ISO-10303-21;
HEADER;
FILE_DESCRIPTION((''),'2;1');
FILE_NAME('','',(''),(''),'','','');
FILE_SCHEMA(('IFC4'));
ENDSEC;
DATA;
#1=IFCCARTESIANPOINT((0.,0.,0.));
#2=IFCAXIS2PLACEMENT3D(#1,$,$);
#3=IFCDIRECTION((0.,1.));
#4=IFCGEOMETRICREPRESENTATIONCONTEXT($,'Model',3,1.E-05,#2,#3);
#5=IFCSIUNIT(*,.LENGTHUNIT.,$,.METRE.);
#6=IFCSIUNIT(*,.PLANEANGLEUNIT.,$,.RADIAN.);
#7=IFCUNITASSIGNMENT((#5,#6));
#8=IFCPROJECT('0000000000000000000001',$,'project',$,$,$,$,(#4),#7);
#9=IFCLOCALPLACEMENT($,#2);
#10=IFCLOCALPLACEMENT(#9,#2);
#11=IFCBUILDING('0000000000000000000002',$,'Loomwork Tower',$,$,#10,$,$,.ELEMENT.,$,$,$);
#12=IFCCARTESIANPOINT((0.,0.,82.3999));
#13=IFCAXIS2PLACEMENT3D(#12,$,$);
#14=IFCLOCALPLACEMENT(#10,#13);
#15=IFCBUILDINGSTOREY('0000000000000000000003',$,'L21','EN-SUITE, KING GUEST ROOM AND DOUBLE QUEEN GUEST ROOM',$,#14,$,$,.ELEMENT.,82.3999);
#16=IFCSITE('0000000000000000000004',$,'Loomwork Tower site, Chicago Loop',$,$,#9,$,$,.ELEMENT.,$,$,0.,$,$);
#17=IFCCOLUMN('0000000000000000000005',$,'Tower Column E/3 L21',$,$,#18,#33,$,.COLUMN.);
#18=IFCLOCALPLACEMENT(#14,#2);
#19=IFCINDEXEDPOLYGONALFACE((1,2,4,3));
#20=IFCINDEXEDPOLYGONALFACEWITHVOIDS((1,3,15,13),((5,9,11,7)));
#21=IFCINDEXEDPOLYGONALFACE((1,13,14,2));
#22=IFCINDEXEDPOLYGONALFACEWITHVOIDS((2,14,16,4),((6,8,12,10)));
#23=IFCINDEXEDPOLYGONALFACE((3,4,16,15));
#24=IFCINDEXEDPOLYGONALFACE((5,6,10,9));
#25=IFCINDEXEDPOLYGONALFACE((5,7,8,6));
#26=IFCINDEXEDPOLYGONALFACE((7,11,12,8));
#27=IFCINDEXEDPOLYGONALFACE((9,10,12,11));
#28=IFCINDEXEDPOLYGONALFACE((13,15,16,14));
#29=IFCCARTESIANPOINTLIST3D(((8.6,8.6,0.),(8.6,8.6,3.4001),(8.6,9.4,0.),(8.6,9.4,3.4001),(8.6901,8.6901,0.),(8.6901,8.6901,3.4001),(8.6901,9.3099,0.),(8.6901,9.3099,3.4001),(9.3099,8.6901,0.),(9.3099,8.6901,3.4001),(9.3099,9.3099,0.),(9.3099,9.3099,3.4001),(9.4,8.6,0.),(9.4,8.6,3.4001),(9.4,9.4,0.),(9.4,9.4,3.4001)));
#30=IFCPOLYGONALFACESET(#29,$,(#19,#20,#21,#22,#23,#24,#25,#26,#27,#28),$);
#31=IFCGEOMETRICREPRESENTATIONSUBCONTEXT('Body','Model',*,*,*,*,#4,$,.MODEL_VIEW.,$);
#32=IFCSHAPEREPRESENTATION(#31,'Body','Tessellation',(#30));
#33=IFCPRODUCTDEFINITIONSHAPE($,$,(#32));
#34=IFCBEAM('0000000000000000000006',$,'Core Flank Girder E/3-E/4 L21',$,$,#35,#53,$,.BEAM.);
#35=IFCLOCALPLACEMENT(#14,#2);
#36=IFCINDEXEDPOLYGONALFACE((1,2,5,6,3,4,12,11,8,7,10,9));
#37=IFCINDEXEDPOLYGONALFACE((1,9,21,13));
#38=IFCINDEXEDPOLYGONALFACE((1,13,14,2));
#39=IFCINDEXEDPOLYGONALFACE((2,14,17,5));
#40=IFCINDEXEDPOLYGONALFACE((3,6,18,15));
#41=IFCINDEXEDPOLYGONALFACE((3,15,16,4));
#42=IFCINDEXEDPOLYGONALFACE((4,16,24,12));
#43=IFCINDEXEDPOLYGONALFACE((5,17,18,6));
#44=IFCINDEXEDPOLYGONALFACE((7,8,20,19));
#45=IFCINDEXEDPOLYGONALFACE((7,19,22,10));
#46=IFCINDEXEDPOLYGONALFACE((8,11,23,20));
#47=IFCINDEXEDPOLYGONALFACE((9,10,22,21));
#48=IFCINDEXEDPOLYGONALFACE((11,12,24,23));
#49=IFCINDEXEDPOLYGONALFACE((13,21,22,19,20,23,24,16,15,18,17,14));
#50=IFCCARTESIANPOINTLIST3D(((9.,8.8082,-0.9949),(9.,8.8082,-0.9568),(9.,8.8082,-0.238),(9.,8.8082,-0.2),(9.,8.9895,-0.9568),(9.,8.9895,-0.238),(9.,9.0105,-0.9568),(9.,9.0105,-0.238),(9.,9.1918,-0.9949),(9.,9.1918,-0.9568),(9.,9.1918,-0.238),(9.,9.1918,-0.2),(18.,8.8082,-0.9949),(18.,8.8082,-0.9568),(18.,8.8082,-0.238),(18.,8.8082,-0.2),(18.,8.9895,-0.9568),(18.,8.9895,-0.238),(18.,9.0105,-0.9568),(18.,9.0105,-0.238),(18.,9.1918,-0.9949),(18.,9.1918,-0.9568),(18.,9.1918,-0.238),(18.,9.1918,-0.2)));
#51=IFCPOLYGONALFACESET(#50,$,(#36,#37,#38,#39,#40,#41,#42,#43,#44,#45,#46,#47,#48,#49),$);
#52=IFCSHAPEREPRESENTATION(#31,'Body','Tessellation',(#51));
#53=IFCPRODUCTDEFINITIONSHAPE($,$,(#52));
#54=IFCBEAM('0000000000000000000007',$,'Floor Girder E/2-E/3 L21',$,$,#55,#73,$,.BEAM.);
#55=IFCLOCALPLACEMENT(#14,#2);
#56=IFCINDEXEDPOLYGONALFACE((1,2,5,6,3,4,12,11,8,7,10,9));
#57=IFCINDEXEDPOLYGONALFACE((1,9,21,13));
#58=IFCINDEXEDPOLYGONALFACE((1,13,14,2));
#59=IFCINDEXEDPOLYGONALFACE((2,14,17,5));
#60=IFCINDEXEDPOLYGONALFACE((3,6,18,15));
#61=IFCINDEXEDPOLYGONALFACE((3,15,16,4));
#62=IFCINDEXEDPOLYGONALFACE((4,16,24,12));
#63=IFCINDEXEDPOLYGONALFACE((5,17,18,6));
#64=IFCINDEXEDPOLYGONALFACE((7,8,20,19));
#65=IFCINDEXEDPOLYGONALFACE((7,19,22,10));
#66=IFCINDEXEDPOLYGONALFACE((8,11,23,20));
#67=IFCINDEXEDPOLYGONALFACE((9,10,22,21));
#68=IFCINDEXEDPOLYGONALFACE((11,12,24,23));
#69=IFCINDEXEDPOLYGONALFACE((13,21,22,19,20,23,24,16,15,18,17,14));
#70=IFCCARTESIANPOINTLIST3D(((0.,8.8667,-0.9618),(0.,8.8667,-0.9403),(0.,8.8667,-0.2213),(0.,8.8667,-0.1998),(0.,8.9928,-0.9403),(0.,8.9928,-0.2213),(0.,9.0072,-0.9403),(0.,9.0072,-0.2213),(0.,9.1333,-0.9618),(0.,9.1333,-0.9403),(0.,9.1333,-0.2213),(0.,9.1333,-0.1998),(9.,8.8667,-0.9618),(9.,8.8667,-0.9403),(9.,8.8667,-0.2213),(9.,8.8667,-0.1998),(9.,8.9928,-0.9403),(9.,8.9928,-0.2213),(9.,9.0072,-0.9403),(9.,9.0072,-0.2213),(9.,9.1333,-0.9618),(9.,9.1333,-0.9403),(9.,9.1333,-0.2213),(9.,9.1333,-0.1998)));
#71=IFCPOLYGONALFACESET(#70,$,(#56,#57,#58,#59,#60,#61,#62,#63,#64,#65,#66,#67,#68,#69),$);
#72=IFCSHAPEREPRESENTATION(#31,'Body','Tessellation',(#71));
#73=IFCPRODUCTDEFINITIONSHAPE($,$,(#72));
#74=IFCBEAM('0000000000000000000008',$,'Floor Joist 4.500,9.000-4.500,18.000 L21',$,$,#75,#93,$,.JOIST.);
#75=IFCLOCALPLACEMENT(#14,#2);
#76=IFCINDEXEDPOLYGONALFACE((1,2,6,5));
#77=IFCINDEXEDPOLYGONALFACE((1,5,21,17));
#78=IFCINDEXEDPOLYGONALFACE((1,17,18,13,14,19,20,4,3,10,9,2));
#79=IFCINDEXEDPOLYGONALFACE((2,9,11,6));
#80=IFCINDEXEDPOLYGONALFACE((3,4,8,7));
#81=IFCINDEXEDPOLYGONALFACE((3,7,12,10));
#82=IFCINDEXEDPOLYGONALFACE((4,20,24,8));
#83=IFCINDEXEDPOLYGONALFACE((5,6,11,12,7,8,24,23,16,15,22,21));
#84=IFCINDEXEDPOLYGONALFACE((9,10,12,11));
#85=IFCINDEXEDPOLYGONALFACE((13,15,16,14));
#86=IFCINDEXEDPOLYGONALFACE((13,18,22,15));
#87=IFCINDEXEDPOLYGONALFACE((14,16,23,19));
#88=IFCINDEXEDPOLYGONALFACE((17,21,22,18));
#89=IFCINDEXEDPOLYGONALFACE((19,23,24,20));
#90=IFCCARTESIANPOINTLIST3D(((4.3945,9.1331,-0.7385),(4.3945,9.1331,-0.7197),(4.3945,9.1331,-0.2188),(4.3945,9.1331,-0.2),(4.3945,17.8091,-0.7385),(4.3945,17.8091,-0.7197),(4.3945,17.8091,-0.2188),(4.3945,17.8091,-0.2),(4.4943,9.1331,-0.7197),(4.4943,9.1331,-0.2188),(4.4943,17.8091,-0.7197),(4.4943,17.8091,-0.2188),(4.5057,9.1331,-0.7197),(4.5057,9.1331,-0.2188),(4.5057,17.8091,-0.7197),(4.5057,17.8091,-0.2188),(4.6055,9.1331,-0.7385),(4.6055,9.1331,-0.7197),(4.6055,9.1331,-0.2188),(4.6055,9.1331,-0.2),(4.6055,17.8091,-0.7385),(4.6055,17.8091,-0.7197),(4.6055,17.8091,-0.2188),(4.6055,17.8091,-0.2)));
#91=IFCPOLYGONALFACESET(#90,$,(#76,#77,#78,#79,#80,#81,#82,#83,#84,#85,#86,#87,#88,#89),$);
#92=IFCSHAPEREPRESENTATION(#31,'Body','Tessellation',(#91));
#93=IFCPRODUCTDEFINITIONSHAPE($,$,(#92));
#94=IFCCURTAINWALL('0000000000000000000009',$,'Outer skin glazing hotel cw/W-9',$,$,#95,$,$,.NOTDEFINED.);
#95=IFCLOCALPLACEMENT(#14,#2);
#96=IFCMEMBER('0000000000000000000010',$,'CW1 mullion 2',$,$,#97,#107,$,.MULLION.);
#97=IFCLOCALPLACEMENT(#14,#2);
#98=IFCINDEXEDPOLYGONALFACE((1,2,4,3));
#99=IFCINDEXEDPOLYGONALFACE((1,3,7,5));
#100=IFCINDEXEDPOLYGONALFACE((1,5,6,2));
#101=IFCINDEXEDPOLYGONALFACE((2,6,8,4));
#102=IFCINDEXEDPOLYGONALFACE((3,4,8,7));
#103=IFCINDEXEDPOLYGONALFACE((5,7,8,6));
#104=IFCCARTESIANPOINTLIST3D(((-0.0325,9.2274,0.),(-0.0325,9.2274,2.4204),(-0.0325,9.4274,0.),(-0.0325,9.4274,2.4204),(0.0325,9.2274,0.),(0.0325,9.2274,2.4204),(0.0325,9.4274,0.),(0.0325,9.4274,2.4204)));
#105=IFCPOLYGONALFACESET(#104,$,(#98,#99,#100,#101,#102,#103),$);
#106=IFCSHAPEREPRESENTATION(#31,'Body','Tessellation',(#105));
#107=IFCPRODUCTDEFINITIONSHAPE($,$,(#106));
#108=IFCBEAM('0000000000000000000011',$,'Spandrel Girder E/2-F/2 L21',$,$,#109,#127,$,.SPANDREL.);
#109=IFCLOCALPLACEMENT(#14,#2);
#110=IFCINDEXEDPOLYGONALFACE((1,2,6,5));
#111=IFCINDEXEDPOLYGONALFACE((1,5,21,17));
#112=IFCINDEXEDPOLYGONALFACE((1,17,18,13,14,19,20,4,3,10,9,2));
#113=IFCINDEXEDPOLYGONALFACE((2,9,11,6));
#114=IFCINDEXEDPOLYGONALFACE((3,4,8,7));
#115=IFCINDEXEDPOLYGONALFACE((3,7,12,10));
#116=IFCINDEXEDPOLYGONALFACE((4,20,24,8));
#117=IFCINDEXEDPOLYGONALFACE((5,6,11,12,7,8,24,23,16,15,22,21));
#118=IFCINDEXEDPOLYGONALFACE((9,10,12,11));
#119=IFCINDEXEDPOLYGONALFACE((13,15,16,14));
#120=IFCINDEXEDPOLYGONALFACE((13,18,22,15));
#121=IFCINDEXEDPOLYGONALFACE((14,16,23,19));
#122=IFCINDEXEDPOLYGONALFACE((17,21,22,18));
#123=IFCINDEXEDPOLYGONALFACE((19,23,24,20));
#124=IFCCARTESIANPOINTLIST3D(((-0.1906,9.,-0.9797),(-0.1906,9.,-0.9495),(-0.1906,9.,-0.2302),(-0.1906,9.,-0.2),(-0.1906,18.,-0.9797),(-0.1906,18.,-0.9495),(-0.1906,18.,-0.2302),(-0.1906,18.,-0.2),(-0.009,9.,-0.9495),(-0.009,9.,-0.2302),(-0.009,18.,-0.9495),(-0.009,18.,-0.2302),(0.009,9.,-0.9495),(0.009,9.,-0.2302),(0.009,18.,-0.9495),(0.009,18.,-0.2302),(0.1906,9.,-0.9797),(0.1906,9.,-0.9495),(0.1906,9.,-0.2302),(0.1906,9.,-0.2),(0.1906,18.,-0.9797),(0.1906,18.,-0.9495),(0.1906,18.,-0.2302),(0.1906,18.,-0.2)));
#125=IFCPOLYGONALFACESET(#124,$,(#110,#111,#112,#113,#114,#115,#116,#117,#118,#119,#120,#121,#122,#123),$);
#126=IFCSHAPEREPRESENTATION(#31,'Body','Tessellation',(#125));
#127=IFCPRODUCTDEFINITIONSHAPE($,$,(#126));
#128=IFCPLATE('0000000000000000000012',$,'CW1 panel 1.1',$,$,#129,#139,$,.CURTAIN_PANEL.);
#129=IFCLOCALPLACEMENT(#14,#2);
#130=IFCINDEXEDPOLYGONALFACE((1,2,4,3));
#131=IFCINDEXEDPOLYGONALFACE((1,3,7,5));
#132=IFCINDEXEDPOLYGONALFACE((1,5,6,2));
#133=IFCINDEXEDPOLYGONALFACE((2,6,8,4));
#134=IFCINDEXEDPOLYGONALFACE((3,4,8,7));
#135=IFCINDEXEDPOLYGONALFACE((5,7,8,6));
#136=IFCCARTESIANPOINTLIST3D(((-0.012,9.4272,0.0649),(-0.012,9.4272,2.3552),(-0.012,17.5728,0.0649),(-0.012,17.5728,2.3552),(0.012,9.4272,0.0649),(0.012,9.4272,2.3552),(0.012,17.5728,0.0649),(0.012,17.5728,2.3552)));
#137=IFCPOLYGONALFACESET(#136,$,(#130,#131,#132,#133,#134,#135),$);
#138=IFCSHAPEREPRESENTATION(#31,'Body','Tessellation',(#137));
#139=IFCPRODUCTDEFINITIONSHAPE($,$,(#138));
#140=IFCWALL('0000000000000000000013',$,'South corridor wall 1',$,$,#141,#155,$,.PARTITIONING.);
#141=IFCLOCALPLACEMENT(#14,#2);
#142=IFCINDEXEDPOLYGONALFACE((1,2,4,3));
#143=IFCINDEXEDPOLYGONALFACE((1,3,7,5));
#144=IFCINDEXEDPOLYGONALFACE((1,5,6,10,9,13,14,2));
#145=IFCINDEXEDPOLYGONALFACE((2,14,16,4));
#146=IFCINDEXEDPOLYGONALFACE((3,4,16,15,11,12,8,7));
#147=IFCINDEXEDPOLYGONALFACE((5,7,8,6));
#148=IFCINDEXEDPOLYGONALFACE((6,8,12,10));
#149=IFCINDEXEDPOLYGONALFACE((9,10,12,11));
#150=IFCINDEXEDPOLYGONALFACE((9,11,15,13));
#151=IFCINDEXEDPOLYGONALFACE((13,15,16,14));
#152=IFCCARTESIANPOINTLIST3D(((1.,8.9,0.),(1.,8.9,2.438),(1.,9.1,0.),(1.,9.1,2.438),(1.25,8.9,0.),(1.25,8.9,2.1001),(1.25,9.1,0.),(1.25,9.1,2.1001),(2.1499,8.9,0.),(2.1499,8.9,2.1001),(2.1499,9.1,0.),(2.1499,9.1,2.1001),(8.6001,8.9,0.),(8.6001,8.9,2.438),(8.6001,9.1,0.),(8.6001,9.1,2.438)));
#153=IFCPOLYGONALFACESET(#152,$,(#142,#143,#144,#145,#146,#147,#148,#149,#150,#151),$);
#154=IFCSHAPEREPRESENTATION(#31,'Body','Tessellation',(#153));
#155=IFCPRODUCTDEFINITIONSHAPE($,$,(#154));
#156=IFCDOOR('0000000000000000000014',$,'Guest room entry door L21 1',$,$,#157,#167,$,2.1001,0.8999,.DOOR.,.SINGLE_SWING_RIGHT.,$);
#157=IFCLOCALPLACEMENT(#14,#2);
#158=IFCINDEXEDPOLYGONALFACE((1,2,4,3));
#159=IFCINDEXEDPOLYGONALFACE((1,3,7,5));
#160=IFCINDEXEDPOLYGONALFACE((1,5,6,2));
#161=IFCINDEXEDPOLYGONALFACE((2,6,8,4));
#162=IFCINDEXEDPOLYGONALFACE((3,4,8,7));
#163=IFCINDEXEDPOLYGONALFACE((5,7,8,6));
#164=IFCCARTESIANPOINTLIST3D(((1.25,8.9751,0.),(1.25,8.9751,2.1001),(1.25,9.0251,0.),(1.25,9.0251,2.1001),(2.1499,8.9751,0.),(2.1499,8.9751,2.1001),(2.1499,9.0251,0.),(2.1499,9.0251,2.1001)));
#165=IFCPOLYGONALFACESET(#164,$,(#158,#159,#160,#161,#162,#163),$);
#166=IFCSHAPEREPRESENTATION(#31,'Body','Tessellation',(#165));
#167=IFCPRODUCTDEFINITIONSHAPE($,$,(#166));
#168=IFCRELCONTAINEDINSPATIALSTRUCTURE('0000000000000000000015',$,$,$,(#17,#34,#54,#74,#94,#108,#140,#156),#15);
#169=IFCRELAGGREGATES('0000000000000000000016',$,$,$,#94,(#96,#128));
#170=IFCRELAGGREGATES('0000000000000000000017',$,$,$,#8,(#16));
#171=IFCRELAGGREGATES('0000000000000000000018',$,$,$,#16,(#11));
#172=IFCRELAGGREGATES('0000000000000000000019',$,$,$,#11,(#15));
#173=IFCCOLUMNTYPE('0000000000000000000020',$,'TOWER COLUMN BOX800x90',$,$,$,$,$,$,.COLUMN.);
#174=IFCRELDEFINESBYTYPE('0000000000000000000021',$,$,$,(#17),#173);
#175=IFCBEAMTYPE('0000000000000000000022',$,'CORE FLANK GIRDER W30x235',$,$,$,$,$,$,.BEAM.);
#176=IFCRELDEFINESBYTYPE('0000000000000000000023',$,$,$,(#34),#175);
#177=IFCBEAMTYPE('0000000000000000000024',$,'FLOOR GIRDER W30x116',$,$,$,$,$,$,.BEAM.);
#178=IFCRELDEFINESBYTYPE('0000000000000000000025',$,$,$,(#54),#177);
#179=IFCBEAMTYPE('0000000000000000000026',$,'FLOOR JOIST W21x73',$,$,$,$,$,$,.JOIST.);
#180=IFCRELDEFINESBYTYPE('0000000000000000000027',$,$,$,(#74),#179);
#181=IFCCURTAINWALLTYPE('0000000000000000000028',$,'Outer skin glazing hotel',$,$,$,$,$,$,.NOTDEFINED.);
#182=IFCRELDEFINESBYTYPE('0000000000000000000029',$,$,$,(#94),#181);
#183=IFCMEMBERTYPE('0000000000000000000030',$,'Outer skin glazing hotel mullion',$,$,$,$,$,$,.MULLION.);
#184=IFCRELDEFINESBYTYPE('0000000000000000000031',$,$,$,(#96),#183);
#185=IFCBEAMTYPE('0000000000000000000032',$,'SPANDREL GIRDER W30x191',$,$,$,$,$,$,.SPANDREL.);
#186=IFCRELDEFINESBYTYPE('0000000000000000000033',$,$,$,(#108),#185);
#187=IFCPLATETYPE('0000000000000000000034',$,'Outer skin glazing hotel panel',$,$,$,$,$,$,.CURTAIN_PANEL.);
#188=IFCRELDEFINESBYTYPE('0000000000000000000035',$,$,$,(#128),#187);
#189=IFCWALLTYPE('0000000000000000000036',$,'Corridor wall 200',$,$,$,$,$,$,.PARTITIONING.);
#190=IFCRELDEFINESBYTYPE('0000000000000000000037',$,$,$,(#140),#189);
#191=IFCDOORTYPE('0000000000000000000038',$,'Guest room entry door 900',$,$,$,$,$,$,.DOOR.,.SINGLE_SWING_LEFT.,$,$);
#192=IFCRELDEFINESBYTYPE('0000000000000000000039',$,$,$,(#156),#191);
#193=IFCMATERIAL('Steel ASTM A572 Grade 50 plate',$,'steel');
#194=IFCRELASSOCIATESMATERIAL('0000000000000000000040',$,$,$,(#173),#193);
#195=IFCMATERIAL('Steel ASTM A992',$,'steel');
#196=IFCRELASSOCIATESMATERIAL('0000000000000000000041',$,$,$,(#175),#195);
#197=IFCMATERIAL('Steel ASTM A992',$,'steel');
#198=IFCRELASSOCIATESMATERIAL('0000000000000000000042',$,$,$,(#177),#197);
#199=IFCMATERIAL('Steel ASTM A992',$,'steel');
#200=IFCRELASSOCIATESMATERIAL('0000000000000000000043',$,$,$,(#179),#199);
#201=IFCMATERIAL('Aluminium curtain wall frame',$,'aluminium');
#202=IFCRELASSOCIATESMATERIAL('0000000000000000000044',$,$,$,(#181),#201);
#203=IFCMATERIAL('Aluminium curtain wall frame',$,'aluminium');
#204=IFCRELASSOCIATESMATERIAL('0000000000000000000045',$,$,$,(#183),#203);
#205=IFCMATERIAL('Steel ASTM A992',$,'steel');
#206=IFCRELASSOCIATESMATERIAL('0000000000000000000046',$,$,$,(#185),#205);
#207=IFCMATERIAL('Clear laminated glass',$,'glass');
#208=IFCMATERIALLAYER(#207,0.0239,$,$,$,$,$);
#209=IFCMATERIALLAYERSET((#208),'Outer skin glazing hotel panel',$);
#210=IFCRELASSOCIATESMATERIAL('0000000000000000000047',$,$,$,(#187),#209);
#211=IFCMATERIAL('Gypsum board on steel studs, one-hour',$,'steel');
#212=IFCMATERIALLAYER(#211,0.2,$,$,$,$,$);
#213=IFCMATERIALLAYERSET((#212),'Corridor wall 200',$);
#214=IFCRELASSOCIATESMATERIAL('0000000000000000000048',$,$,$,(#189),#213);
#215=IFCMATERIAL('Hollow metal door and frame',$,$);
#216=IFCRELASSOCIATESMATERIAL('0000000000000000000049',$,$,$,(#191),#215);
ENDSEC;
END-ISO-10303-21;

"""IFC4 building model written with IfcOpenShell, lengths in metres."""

from ifc_helpers import new_model, si_unit, direction, frame, frame_2d, origin, origin_2d, place, context, subcontext, project, spatial, rectangle, hollow_rectangle, i_section, extrude, material, layer, layer_set, material_profile, profile_set, type_object, element, fill, aggregate, save


model = new_model("IFC4")

# Units and contexts
model_context = context("Model", 3, precision=1e-05, world=origin(), true_north=direction((0.0, 1.0)))
body_context = subcontext(model_context, "Body", "Model", "MODEL_VIEW")
ifc_project = project(units=[si_unit("LENGTHUNIT", "METRE"), si_unit("PLANEANGLEUNIT", "RADIAN")], contexts=[model_context])

# Site, building, storey
site_placement = place(None, origin())
site = spatial("IfcSite", under=ifc_project, at=site_placement, Name="Loomwork Tower site, Chicago Loop", CompositionType="ELEMENT", RefElevation=0.0)
building_placement = place(site_placement, origin())
building = spatial("IfcBuilding", under=site, at=building_placement, Name="Loomwork Tower", CompositionType="ELEMENT")
storey_placement = place(building_placement, frame((0.0, 0.0, 82.3999)))
storey = spatial("IfcBuildingStorey", under=building, at=storey_placement, Name="L21", Description="EN-SUITE, KING GUEST ROOM AND DOUBLE QUEEN GUEST ROOM", CompositionType="ELEMENT", Elevation=82.3999)

# Column
ifc_material_1 = material(Name="Steel ASTM A572 Grade 50 plate", Category="steel")
ifc_material_profile_1 = material_profile(ifc_material_1, hollow_rectangle(XDim=0.8, YDim=0.8, WallThickness=0.0901, at=origin_2d()), Name="BOX800x90")
ifc_profile_set_1 = profile_set([ifc_material_profile_1], Name="Steel ASTM A572 Grade 50 plate")
column_type = type_object("IfcColumnType", Name="TOWER COLUMN BOX800x90", PredefinedType="COLUMN", material=ifc_profile_set_1)
column_placement = place(storey_placement, frame((9.0, 9.0, 0.0), z_axis=(0.0, 0.0, 1.0), x_axis=(1.0, 0.0, 0.0)))
element("IfcColumn", 1, at=column_placement, inside=storey, type_object=column_type, Name="Tower Column E/3 L21", PredefinedType="COLUMN", context=body_context, shape_type="SweptSolid", body=[
    extrude(hollow_rectangle(XDim=0.8, YDim=0.8, WallThickness=0.0901, at=origin_2d()), origin(), (0.0, 0.0, 1.0), 3.4001),
])

# Beams
ifc_material_2 = material(Name="Steel ASTM A992", Category="steel")
ifc_material_profile_2 = material_profile(ifc_material_2, i_section(OverallWidth=0.3835, OverallDepth=0.7949, WebThickness=0.021, FlangeThickness=0.0381, at=origin_2d()), Name="W30x235")
ifc_profile_set_2 = profile_set([ifc_material_profile_2], Name="Steel ASTM A992")
beam_type_1 = type_object("IfcBeamType", Name="CORE FLANK GIRDER W30x235", PredefinedType="BEAM", material=ifc_profile_set_2)
beam_1_placement = place(storey_placement, frame((9.0, 9.0, -0.5974), z_axis=(1.0, 0.0, 0.0), x_axis=(0.0, 1.0, 0.0)))
element("IfcBeam", 2, at=beam_1_placement, inside=storey, type_object=beam_type_1, Name="Core Flank Girder E/3-E/4 L21", PredefinedType="BEAM", context=body_context, shape_type="SweptSolid", body=[
    extrude(i_section(OverallWidth=0.3835, OverallDepth=0.7949, WebThickness=0.021, FlangeThickness=0.0381, at=origin_2d()), origin(), (0.0, 0.0, 1.0), 9.0),
])
ifc_material_3 = material(Name="Steel ASTM A992", Category="steel")
ifc_material_profile_3 = material_profile(ifc_material_3, i_section(OverallWidth=0.2666, OverallDepth=0.762, WebThickness=0.0144, FlangeThickness=0.0215, at=origin_2d()), Name="W30x116")
ifc_profile_set_3 = profile_set([ifc_material_profile_3], Name="Steel ASTM A992")
beam_type_2 = type_object("IfcBeamType", Name="FLOOR GIRDER W30x116", PredefinedType="BEAM", material=ifc_profile_set_3)
beam_2_placement = place(storey_placement, frame((0.0, 9.0, -0.5808), z_axis=(1.0, 0.0, 0.0), x_axis=(0.0, 1.0, 0.0)))
element("IfcBeam", 3, at=beam_2_placement, inside=storey, type_object=beam_type_2, Name="Floor Girder E/2-E/3 L21", PredefinedType="BEAM", context=body_context, shape_type="SweptSolid", body=[
    extrude(i_section(OverallWidth=0.2666, OverallDepth=0.762, WebThickness=0.0144, FlangeThickness=0.0215, at=origin_2d()), origin(), (0.0, 0.0, 1.0), 9.0),
])
ifc_material_4 = material(Name="Steel ASTM A992", Category="steel")
ifc_material_profile_4 = material_profile(ifc_material_4, i_section(OverallWidth=0.2109, OverallDepth=0.5386, WebThickness=0.0115, FlangeThickness=0.0188, at=origin_2d()), Name="W21x73")
ifc_profile_set_4 = profile_set([ifc_material_profile_4], Name="Steel ASTM A992")
beam_type_3 = type_object("IfcBeamType", Name="FLOOR JOIST W21x73", PredefinedType="JOIST", material=ifc_profile_set_4)
beam_3_placement = place(storey_placement, frame((4.5, 9.1331, -0.4692), z_axis=(0.0, 1.0, 0.0), x_axis=(-1.0, 0.0, 0.0)))
element("IfcBeam", 4, at=beam_3_placement, inside=storey, type_object=beam_type_3, Name="Floor Joist 4.500,9.000-4.500,18.000 L21", PredefinedType="JOIST", context=body_context, shape_type="SweptSolid", body=[
    extrude(i_section(OverallWidth=0.2109, OverallDepth=0.5386, WebThickness=0.0115, FlangeThickness=0.0188, at=origin_2d()), origin(), (0.0, 0.0, 1.0), 8.676),
])

# Curtain wall, member
ifc_material_5 = material(Name="Aluminium curtain wall frame", Category="aluminium")
curtain_wall_type = type_object("IfcCurtainWallType", Name="Outer skin glazing hotel", PredefinedType="NOTDEFINED", material=ifc_material_5)
curtain_wall_placement = place(storey_placement, origin())
curtain_wall = element("IfcCurtainWall", 5, at=curtain_wall_placement, inside=storey, type_object=curtain_wall_type, Name="Outer skin glazing hotel cw/W-9", PredefinedType="NOTDEFINED")
ifc_material_6 = material(Name="Aluminium curtain wall frame", Category="aluminium")
ifc_material_profile_5 = material_profile(ifc_material_6, rectangle(XDim=0.0649, YDim=0.2, at=origin_2d()), Name="AL 65x200")
ifc_profile_set_5 = profile_set([ifc_material_profile_5], Name="Aluminium curtain wall frame")
member_type = type_object("IfcMemberType", Name="Outer skin glazing hotel mullion", PredefinedType="MULLION", material=ifc_profile_set_5)
member_placement = place(storey_placement, frame((0.0, 9.3274, 0.0), z_axis=(0.0, 0.0, 1.0), x_axis=(1.0, 0.0, 0.0)))
member = element("IfcMember", 6, at=member_placement, type_object=member_type, Name="CW1 mullion 2", PredefinedType="MULLION", context=body_context, shape_type="SweptSolid", body=[
    extrude(rectangle(XDim=0.0649, YDim=0.2, at=origin_2d()), origin(), (0.0, 0.0, 1.0), 2.4204),
])

# Beam
ifc_material_7 = material(Name="Steel ASTM A992", Category="steel")
ifc_material_profile_6 = material_profile(ifc_material_7, i_section(OverallWidth=0.3811, OverallDepth=0.7798, WebThickness=0.0181, FlangeThickness=0.0303, at=origin_2d()), Name="W30x191")
ifc_profile_set_6 = profile_set([ifc_material_profile_6], Name="Steel ASTM A992")
beam_type_4 = type_object("IfcBeamType", Name="SPANDREL GIRDER W30x191", PredefinedType="SPANDREL", material=ifc_profile_set_6)
beam_4_placement = place(storey_placement, frame((0.0, 9.0, -0.5898), z_axis=(0.0, 1.0, 0.0), x_axis=(-1.0, 0.0, 0.0)))
element("IfcBeam", 7, at=beam_4_placement, inside=storey, type_object=beam_type_4, Name="Spandrel Girder E/2-F/2 L21", PredefinedType="SPANDREL", context=body_context, shape_type="SweptSolid", body=[
    extrude(i_section(OverallWidth=0.3811, OverallDepth=0.7798, WebThickness=0.0181, FlangeThickness=0.0303, at=origin_2d()), origin(), (0.0, 0.0, 1.0), 9.0),
])

# Plate
ifc_material_8 = material(Name="Clear laminated glass", Category="glass")
ifc_layer_1 = layer(ifc_material_8, 0.0239)
ifc_layer_set_1 = layer_set([ifc_layer_1], Name="Outer skin glazing hotel panel")
plate_type = type_object("IfcPlateType", Name="Outer skin glazing hotel panel", PredefinedType="CURTAIN_PANEL", material=ifc_layer_set_1)
plate_placement = place(storey_placement, frame((0.0, 13.5, 0.0649), z_axis=(0.0, 0.0, 1.0), x_axis=(0.0, -1.0, 0.0)))
plate = element("IfcPlate", 8, at=plate_placement, type_object=plate_type, Name="CW1 panel 1.1", PredefinedType="CURTAIN_PANEL", context=body_context, shape_type="SweptSolid", body=[
    extrude(rectangle(XDim=8.1455, YDim=0.0239, at=origin_2d()), origin(), (0.0, 0.0, 1.0), 2.2903),
])
aggregate(curtain_wall, [member, plate])

# Wall, opening, door
ifc_material_9 = material(Name="Gypsum board on steel studs, one-hour", Category="steel")
ifc_layer_2 = layer(ifc_material_9, 0.2)
ifc_layer_set_2 = layer_set([ifc_layer_2], Name="Corridor wall 200")
wall_type_1 = type_object("IfcWallType", Name="Corridor wall 200", PredefinedType="PARTITIONING", material=ifc_layer_set_2)
wall_1_placement = place(storey_placement, frame((1.0, 9.0, 0.0), z_axis=(0.0, 0.0, 1.0), x_axis=(1.0, 0.0, 0.0)))
wall_1 = element("IfcWall", 9, at=wall_1_placement, inside=storey, type_object=wall_type_1, Name="South corridor wall 1", PredefinedType="PARTITIONING", context=body_context, shape_type="SweptSolid", body=[
    extrude(rectangle(XDim=7.6001, YDim=0.2, at=frame_2d((3.8, 0.0))), origin(), (0.0, 0.0, 1.0), 2.438),
])
opening_1_placement = place(wall_1_placement, frame((0.25, 0.0, 0.0)))
opening_1 = element("IfcOpeningElement", 10, at=opening_1_placement, cuts=wall_1, PredefinedType="OPENING", context=body_context, shape_type="SweptSolid", body=[
    extrude(rectangle(XDim=0.8999, YDim=2.1001, at=frame_2d((0.45, 1.05))), frame((0.0, 0.1099, 0.0), z_axis=(0.0, -1.0, 0.0), x_axis=(1.0, 0.0, 0.0)), (0.0, 0.0, 1.0), 0.22),
])
ifc_material_10 = material(Name="Hollow metal door and frame")
door_type_1 = type_object("IfcDoorType", Name="Guest room entry door 900", OperationType="SINGLE_SWING_LEFT", PredefinedType="DOOR", material=ifc_material_10)
door_1_placement = place(opening_1_placement, frame((0.8999, 0.0, 0.0), z_axis=(0.0, 0.0, 1.0), x_axis=(-1.0, 0.0, 0.0)))
door_1 = element("IfcDoor", 11, at=door_1_placement, inside=storey, type_object=door_type_1, Name="Guest room entry door L21 1", OperationType="SINGLE_SWING_RIGHT", OverallHeight=2.1001, OverallWidth=0.8999, PredefinedType="DOOR", context=body_context, shape_type="SweptSolid", body=[
    extrude(rectangle(XDim=0.8999, YDim=2.1001, at=frame_2d((0.45, 1.05))), frame((0.0, 0.0249, 0.0), z_axis=(0.0, -1.0, 0.0), x_axis=(1.0, 0.0, 0.0)), (0.0, 0.0, 1.0), 0.05),
])
fill(opening_1, door_1)

save(model, "model.ifc")
